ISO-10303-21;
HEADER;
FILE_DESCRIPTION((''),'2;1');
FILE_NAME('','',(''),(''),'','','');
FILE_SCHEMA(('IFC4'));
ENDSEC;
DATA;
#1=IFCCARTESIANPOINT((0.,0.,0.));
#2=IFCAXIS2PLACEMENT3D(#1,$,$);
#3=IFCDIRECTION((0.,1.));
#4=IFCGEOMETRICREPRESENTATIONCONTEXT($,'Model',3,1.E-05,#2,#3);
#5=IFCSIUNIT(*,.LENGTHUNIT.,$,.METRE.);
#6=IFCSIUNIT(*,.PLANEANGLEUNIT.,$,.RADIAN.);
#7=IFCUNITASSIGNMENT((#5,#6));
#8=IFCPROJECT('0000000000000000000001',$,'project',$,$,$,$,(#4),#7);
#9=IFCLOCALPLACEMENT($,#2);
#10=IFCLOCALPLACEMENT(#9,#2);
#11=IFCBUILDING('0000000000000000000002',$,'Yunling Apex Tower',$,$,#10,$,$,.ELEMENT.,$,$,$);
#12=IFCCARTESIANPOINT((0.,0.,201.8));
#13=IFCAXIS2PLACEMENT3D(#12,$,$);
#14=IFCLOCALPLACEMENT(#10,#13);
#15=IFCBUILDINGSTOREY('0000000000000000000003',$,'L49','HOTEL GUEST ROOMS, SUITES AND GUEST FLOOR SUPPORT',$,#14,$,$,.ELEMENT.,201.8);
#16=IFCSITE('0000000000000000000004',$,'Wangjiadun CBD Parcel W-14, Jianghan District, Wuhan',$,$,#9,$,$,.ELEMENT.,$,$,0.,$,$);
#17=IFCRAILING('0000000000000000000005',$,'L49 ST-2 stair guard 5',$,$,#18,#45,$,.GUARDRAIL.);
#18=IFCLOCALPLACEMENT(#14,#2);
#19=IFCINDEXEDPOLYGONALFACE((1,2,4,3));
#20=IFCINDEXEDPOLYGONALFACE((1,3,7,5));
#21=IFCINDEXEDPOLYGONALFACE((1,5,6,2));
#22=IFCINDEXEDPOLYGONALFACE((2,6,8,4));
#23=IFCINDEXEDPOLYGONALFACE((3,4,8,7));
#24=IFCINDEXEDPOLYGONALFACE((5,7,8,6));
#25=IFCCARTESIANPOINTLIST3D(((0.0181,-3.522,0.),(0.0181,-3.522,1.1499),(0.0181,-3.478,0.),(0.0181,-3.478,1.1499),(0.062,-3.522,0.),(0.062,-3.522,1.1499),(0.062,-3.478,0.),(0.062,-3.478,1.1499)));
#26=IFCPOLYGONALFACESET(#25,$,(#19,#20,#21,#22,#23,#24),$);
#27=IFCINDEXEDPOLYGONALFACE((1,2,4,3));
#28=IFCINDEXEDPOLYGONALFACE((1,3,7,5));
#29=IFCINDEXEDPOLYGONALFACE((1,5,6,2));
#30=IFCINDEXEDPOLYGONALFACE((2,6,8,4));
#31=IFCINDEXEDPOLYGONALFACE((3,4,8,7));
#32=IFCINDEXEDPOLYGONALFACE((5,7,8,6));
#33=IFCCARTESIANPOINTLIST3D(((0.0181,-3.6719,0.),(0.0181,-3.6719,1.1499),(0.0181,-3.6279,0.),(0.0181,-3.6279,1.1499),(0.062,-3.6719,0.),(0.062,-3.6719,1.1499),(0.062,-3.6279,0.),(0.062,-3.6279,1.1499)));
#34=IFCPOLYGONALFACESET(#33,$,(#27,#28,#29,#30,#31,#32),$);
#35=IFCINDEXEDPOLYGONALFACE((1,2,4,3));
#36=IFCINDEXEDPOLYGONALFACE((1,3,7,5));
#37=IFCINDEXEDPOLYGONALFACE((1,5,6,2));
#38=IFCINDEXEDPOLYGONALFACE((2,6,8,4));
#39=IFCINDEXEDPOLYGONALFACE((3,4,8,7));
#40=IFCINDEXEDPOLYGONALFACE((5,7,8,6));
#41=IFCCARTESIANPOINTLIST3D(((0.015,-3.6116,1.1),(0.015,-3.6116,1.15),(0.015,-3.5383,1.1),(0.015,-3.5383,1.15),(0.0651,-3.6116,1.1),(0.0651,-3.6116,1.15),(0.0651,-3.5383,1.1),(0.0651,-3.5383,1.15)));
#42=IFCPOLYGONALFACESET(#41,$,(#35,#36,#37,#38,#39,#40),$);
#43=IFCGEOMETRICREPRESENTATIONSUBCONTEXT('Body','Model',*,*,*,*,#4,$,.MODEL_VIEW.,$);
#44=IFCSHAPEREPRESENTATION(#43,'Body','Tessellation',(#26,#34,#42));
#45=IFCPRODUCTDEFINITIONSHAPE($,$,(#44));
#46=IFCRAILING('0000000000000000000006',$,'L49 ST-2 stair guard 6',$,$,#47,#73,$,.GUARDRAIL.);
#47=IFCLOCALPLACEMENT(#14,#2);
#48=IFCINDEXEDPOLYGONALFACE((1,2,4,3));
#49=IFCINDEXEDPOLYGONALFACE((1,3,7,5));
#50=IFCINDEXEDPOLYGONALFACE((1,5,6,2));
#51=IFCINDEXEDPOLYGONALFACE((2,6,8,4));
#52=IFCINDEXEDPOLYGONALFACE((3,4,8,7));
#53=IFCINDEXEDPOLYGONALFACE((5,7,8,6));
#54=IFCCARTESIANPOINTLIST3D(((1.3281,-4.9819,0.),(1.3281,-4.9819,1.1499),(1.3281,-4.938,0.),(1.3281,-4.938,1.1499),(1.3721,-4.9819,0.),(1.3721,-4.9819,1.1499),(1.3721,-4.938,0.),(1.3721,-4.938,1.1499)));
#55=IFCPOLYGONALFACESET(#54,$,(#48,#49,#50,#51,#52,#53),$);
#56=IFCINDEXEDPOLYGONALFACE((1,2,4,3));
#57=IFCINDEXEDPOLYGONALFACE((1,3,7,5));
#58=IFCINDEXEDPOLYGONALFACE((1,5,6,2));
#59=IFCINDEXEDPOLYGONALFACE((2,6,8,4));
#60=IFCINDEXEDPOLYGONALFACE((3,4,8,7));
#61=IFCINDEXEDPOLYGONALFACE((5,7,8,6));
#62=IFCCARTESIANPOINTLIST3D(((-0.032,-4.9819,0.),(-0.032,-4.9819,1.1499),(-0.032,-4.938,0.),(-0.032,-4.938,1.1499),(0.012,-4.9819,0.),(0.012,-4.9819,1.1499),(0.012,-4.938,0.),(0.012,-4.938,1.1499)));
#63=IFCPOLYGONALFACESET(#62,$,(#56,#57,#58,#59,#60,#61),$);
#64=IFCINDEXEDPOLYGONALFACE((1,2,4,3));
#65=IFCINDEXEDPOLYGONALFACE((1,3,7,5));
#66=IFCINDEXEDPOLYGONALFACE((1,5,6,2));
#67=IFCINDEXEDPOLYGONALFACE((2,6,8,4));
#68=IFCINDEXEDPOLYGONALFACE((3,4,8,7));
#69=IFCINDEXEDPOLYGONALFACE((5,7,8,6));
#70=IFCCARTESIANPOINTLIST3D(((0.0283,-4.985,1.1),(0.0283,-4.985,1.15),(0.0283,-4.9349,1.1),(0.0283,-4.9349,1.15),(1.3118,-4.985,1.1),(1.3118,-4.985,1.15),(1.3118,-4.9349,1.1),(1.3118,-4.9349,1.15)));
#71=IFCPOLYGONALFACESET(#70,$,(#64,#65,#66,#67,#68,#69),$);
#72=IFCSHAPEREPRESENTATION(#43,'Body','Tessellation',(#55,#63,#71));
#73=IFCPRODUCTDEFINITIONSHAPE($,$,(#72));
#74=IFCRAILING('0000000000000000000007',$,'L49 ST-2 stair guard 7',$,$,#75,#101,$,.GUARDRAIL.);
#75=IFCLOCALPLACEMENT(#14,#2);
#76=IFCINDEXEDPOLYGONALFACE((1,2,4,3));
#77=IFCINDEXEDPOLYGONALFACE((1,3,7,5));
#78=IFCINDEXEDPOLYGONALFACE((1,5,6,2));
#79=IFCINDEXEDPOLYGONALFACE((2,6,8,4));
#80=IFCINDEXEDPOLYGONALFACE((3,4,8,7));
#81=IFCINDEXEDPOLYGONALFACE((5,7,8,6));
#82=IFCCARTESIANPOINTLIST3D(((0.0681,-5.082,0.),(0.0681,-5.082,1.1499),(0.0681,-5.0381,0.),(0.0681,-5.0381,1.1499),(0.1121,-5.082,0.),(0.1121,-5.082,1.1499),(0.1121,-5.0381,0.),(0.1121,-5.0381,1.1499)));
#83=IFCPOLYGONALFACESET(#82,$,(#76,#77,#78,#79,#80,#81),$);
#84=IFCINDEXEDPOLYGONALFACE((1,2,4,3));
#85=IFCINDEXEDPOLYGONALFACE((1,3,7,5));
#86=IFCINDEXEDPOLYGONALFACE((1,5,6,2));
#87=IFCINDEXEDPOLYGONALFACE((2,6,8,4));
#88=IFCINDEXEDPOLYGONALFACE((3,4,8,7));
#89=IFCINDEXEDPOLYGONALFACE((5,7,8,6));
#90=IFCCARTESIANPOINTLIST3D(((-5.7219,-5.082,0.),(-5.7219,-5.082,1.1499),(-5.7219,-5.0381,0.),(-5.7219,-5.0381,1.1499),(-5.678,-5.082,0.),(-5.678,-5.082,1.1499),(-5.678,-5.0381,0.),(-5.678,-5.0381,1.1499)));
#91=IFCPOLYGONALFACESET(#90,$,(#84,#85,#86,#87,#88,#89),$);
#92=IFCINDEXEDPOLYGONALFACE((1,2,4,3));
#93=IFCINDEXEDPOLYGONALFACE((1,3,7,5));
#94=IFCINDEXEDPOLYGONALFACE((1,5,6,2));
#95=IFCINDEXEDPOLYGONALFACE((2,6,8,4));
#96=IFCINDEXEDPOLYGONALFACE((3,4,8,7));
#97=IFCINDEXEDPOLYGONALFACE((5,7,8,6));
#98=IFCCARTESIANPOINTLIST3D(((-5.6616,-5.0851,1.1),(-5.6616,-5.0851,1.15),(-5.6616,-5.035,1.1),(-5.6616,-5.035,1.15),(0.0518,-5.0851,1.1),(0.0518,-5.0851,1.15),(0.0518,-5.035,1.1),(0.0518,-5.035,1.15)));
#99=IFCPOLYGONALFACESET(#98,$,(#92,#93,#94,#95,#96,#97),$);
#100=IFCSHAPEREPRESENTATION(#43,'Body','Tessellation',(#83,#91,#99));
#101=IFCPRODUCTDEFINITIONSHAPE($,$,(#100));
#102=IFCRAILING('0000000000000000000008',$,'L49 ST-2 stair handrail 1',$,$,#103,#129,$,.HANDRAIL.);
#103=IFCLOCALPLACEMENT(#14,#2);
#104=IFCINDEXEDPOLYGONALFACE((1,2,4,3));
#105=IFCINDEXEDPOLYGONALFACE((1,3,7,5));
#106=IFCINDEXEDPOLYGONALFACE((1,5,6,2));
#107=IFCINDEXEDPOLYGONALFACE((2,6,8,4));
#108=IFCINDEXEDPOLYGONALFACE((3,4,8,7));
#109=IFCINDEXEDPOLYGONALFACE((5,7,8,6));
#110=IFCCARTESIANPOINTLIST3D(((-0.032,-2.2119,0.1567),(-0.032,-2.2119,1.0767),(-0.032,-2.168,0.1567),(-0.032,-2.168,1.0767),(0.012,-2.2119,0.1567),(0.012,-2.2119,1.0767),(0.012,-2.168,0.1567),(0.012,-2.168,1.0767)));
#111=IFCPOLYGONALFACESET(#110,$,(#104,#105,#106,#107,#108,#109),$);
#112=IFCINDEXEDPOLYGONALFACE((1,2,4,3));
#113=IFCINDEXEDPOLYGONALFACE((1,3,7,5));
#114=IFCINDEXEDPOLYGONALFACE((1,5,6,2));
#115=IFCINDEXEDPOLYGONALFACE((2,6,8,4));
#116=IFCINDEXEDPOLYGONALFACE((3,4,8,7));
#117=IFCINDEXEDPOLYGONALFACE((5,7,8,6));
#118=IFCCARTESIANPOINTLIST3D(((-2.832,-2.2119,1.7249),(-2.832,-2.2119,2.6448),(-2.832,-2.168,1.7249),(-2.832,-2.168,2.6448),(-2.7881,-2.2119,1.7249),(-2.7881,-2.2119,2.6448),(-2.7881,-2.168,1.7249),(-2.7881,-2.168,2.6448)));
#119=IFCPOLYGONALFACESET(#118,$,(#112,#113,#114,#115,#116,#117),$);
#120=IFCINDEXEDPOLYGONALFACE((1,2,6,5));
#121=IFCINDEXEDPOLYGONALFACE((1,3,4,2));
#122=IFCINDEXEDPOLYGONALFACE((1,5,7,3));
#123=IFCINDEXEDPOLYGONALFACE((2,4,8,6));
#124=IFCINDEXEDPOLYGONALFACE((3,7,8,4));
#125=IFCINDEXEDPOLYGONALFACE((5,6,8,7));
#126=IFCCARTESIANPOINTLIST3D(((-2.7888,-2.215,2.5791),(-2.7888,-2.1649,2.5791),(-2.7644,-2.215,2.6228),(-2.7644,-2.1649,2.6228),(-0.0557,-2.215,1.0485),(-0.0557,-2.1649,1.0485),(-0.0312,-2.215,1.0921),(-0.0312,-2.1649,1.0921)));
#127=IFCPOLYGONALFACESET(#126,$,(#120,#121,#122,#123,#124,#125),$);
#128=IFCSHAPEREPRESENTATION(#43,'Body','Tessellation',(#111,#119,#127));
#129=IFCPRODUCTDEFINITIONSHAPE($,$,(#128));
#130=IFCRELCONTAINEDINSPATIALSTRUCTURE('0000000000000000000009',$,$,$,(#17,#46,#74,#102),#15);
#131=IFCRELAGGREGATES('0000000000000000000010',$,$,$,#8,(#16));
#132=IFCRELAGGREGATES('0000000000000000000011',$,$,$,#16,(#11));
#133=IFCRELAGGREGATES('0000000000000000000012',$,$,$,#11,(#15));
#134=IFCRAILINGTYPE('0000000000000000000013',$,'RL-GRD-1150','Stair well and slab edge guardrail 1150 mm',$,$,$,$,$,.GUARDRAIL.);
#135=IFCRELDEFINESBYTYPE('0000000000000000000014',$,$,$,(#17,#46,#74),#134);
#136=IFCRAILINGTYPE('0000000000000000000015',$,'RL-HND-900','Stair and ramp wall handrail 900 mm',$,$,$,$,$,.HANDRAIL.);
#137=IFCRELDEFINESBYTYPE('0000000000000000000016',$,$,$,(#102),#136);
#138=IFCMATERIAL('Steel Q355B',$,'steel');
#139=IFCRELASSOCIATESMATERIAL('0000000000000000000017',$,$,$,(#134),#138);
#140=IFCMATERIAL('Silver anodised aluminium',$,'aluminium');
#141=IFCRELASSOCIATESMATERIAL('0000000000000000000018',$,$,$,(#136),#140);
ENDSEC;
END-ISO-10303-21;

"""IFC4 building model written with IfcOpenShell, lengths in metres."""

from ifc_helpers import new_model, si_unit, direction, frame, origin, origin_2d, place, context, subcontext, project, spatial, rectangle, extrude, material, type_object, element, save


model = new_model("IFC4")

# Units and contexts
model_context = context("Model", 3, precision=1e-05, world=origin(), true_north=direction((0.0, 1.0)))
body_context = subcontext(model_context, "Body", "Model", "MODEL_VIEW")
ifc_project = project(units=[si_unit("LENGTHUNIT", "METRE"), si_unit("PLANEANGLEUNIT", "RADIAN")], contexts=[model_context])

# Site, building, storey
site_placement = place(None, origin())
site = spatial("IfcSite", under=ifc_project, at=site_placement, Name="Wangjiadun CBD Parcel W-14, Jianghan District, Wuhan", CompositionType="ELEMENT", RefElevation=0.0)
building_placement = place(site_placement, origin())
building = spatial("IfcBuilding", under=site, at=building_placement, Name="Yunling Apex Tower", CompositionType="ELEMENT")
storey_placement = place(building_placement, frame((0.0, 0.0, 201.8)))
storey = spatial("IfcBuildingStorey", under=building, at=storey_placement, Name="L49", Description="HOTEL GUEST ROOMS, SUITES AND GUEST FLOOR SUPPORT", CompositionType="ELEMENT", Elevation=201.8)

# Shared definitions
ifc_material_1 = material(Name="Steel Q355B", Category="steel")

# Railings
railing_type_1 = type_object("IfcRailingType", Name="RL-GRD-1150", Description="Stair well and slab edge guardrail 1150 mm", PredefinedType="GUARDRAIL", material=ifc_material_1)
railing_1_placement = place(storey_placement, frame((0.04, -3.5, 0.0)))
element("IfcRailing", 1, at=railing_1_placement, inside=storey, type_object=railing_type_1, Name="L49 ST-2 stair guard 5", PredefinedType="GUARDRAIL", context=body_context, shape_type="SweptSolid", body=[
    extrude(rectangle(XDim=0.0439, YDim=0.0439, at=origin_2d()), origin(), (0.0, 0.0, 1.0), 1.1499),
    extrude(rectangle(XDim=0.0439, YDim=0.0439, at=origin_2d()), frame((0.0, -0.1499, 0.0)), (0.0, 0.0, 1.0), 1.1499),
    extrude(rectangle(XDim=0.05, YDim=0.05, at=origin_2d()), frame((0.0, -0.0383, 1.125), z_axis=(0.0, -1.0, 0.0), x_axis=(1.0, 0.0, 0.0)), (0.0, 0.0, 1.0), 0.0732),
])
railing_2_placement = place(storey_placement, frame((1.3501, -4.96, 0.0)))
element("IfcRailing", 2, at=railing_2_placement, inside=storey, type_object=railing_type_1, Name="L49 ST-2 stair guard 6", PredefinedType="GUARDRAIL", context=body_context, shape_type="SweptSolid", body=[
    extrude(rectangle(XDim=0.0439, YDim=0.0439, at=origin_2d()), origin(), (0.0, 0.0, 1.0), 1.1499),
    extrude(rectangle(XDim=0.0439, YDim=0.0439, at=origin_2d()), frame((-1.3601, 0.0, 0.0)), (0.0, 0.0, 1.0), 1.1499),
    extrude(rectangle(XDim=0.05, YDim=0.05, at=origin_2d()), frame((-0.0383, 0.0, 1.125), z_axis=(-1.0, 0.0, 0.0), x_axis=(0.0, -1.0, 0.0)), (0.0, 0.0, 1.0), 1.2834),
])
railing_3_placement = place(storey_placement, frame((0.0901, -5.0601, 0.0)))
element("IfcRailing", 3, at=railing_3_placement, inside=storey, type_object=railing_type_1, Name="L49 ST-2 stair guard 7", PredefinedType="GUARDRAIL", context=body_context, shape_type="SweptSolid", body=[
    extrude(rectangle(XDim=0.0439, YDim=0.0439, at=origin_2d()), origin(), (0.0, 0.0, 1.0), 1.1499),
    extrude(rectangle(XDim=0.0439, YDim=0.0439, at=origin_2d()), frame((-5.79, 0.0, 0.0)), (0.0, 0.0, 1.0), 1.1499),
    extrude(rectangle(XDim=0.05, YDim=0.05, at=origin_2d()), frame((-0.0383, 0.0, 1.125), z_axis=(-1.0, 0.0, 0.0), x_axis=(0.0, -1.0, 0.0)), (0.0, 0.0, 1.0), 5.7134),
])
ifc_material_2 = material(Name="Silver anodised aluminium", Category="aluminium")
railing_type_2 = type_object("IfcRailingType", Name="RL-HND-900", Description="Stair and ramp wall handrail 900 mm", PredefinedType="HANDRAIL", material=ifc_material_2)
railing_4_placement = place(storey_placement, frame((-0.01, -2.1899, 0.1567)))
element("IfcRailing", 4, at=railing_4_placement, inside=storey, type_object=railing_type_2, Name="L49 ST-2 stair handrail 1", PredefinedType="HANDRAIL", context=body_context, shape_type="SweptSolid", body=[
    extrude(rectangle(XDim=0.0439, YDim=0.0439, at=origin_2d()), origin(), (0.0, 0.0, 1.0), 0.9199),
    extrude(rectangle(XDim=0.0439, YDim=0.0439, at=origin_2d()), frame((-2.8, 0.0, 1.5681)), (0.0, 0.0, 1.0), 0.9199),
    extrude(rectangle(XDim=0.05, YDim=0.05, at=origin_2d()), frame((-0.0334, 0.0, 0.9136), z_axis=(-0.872494, 0.0, 0.488624), x_axis=(0.0, -1.0, 0.0)), (0.0, 0.0, 1.0), 3.1326),
])

save(model, "model.ifc")
